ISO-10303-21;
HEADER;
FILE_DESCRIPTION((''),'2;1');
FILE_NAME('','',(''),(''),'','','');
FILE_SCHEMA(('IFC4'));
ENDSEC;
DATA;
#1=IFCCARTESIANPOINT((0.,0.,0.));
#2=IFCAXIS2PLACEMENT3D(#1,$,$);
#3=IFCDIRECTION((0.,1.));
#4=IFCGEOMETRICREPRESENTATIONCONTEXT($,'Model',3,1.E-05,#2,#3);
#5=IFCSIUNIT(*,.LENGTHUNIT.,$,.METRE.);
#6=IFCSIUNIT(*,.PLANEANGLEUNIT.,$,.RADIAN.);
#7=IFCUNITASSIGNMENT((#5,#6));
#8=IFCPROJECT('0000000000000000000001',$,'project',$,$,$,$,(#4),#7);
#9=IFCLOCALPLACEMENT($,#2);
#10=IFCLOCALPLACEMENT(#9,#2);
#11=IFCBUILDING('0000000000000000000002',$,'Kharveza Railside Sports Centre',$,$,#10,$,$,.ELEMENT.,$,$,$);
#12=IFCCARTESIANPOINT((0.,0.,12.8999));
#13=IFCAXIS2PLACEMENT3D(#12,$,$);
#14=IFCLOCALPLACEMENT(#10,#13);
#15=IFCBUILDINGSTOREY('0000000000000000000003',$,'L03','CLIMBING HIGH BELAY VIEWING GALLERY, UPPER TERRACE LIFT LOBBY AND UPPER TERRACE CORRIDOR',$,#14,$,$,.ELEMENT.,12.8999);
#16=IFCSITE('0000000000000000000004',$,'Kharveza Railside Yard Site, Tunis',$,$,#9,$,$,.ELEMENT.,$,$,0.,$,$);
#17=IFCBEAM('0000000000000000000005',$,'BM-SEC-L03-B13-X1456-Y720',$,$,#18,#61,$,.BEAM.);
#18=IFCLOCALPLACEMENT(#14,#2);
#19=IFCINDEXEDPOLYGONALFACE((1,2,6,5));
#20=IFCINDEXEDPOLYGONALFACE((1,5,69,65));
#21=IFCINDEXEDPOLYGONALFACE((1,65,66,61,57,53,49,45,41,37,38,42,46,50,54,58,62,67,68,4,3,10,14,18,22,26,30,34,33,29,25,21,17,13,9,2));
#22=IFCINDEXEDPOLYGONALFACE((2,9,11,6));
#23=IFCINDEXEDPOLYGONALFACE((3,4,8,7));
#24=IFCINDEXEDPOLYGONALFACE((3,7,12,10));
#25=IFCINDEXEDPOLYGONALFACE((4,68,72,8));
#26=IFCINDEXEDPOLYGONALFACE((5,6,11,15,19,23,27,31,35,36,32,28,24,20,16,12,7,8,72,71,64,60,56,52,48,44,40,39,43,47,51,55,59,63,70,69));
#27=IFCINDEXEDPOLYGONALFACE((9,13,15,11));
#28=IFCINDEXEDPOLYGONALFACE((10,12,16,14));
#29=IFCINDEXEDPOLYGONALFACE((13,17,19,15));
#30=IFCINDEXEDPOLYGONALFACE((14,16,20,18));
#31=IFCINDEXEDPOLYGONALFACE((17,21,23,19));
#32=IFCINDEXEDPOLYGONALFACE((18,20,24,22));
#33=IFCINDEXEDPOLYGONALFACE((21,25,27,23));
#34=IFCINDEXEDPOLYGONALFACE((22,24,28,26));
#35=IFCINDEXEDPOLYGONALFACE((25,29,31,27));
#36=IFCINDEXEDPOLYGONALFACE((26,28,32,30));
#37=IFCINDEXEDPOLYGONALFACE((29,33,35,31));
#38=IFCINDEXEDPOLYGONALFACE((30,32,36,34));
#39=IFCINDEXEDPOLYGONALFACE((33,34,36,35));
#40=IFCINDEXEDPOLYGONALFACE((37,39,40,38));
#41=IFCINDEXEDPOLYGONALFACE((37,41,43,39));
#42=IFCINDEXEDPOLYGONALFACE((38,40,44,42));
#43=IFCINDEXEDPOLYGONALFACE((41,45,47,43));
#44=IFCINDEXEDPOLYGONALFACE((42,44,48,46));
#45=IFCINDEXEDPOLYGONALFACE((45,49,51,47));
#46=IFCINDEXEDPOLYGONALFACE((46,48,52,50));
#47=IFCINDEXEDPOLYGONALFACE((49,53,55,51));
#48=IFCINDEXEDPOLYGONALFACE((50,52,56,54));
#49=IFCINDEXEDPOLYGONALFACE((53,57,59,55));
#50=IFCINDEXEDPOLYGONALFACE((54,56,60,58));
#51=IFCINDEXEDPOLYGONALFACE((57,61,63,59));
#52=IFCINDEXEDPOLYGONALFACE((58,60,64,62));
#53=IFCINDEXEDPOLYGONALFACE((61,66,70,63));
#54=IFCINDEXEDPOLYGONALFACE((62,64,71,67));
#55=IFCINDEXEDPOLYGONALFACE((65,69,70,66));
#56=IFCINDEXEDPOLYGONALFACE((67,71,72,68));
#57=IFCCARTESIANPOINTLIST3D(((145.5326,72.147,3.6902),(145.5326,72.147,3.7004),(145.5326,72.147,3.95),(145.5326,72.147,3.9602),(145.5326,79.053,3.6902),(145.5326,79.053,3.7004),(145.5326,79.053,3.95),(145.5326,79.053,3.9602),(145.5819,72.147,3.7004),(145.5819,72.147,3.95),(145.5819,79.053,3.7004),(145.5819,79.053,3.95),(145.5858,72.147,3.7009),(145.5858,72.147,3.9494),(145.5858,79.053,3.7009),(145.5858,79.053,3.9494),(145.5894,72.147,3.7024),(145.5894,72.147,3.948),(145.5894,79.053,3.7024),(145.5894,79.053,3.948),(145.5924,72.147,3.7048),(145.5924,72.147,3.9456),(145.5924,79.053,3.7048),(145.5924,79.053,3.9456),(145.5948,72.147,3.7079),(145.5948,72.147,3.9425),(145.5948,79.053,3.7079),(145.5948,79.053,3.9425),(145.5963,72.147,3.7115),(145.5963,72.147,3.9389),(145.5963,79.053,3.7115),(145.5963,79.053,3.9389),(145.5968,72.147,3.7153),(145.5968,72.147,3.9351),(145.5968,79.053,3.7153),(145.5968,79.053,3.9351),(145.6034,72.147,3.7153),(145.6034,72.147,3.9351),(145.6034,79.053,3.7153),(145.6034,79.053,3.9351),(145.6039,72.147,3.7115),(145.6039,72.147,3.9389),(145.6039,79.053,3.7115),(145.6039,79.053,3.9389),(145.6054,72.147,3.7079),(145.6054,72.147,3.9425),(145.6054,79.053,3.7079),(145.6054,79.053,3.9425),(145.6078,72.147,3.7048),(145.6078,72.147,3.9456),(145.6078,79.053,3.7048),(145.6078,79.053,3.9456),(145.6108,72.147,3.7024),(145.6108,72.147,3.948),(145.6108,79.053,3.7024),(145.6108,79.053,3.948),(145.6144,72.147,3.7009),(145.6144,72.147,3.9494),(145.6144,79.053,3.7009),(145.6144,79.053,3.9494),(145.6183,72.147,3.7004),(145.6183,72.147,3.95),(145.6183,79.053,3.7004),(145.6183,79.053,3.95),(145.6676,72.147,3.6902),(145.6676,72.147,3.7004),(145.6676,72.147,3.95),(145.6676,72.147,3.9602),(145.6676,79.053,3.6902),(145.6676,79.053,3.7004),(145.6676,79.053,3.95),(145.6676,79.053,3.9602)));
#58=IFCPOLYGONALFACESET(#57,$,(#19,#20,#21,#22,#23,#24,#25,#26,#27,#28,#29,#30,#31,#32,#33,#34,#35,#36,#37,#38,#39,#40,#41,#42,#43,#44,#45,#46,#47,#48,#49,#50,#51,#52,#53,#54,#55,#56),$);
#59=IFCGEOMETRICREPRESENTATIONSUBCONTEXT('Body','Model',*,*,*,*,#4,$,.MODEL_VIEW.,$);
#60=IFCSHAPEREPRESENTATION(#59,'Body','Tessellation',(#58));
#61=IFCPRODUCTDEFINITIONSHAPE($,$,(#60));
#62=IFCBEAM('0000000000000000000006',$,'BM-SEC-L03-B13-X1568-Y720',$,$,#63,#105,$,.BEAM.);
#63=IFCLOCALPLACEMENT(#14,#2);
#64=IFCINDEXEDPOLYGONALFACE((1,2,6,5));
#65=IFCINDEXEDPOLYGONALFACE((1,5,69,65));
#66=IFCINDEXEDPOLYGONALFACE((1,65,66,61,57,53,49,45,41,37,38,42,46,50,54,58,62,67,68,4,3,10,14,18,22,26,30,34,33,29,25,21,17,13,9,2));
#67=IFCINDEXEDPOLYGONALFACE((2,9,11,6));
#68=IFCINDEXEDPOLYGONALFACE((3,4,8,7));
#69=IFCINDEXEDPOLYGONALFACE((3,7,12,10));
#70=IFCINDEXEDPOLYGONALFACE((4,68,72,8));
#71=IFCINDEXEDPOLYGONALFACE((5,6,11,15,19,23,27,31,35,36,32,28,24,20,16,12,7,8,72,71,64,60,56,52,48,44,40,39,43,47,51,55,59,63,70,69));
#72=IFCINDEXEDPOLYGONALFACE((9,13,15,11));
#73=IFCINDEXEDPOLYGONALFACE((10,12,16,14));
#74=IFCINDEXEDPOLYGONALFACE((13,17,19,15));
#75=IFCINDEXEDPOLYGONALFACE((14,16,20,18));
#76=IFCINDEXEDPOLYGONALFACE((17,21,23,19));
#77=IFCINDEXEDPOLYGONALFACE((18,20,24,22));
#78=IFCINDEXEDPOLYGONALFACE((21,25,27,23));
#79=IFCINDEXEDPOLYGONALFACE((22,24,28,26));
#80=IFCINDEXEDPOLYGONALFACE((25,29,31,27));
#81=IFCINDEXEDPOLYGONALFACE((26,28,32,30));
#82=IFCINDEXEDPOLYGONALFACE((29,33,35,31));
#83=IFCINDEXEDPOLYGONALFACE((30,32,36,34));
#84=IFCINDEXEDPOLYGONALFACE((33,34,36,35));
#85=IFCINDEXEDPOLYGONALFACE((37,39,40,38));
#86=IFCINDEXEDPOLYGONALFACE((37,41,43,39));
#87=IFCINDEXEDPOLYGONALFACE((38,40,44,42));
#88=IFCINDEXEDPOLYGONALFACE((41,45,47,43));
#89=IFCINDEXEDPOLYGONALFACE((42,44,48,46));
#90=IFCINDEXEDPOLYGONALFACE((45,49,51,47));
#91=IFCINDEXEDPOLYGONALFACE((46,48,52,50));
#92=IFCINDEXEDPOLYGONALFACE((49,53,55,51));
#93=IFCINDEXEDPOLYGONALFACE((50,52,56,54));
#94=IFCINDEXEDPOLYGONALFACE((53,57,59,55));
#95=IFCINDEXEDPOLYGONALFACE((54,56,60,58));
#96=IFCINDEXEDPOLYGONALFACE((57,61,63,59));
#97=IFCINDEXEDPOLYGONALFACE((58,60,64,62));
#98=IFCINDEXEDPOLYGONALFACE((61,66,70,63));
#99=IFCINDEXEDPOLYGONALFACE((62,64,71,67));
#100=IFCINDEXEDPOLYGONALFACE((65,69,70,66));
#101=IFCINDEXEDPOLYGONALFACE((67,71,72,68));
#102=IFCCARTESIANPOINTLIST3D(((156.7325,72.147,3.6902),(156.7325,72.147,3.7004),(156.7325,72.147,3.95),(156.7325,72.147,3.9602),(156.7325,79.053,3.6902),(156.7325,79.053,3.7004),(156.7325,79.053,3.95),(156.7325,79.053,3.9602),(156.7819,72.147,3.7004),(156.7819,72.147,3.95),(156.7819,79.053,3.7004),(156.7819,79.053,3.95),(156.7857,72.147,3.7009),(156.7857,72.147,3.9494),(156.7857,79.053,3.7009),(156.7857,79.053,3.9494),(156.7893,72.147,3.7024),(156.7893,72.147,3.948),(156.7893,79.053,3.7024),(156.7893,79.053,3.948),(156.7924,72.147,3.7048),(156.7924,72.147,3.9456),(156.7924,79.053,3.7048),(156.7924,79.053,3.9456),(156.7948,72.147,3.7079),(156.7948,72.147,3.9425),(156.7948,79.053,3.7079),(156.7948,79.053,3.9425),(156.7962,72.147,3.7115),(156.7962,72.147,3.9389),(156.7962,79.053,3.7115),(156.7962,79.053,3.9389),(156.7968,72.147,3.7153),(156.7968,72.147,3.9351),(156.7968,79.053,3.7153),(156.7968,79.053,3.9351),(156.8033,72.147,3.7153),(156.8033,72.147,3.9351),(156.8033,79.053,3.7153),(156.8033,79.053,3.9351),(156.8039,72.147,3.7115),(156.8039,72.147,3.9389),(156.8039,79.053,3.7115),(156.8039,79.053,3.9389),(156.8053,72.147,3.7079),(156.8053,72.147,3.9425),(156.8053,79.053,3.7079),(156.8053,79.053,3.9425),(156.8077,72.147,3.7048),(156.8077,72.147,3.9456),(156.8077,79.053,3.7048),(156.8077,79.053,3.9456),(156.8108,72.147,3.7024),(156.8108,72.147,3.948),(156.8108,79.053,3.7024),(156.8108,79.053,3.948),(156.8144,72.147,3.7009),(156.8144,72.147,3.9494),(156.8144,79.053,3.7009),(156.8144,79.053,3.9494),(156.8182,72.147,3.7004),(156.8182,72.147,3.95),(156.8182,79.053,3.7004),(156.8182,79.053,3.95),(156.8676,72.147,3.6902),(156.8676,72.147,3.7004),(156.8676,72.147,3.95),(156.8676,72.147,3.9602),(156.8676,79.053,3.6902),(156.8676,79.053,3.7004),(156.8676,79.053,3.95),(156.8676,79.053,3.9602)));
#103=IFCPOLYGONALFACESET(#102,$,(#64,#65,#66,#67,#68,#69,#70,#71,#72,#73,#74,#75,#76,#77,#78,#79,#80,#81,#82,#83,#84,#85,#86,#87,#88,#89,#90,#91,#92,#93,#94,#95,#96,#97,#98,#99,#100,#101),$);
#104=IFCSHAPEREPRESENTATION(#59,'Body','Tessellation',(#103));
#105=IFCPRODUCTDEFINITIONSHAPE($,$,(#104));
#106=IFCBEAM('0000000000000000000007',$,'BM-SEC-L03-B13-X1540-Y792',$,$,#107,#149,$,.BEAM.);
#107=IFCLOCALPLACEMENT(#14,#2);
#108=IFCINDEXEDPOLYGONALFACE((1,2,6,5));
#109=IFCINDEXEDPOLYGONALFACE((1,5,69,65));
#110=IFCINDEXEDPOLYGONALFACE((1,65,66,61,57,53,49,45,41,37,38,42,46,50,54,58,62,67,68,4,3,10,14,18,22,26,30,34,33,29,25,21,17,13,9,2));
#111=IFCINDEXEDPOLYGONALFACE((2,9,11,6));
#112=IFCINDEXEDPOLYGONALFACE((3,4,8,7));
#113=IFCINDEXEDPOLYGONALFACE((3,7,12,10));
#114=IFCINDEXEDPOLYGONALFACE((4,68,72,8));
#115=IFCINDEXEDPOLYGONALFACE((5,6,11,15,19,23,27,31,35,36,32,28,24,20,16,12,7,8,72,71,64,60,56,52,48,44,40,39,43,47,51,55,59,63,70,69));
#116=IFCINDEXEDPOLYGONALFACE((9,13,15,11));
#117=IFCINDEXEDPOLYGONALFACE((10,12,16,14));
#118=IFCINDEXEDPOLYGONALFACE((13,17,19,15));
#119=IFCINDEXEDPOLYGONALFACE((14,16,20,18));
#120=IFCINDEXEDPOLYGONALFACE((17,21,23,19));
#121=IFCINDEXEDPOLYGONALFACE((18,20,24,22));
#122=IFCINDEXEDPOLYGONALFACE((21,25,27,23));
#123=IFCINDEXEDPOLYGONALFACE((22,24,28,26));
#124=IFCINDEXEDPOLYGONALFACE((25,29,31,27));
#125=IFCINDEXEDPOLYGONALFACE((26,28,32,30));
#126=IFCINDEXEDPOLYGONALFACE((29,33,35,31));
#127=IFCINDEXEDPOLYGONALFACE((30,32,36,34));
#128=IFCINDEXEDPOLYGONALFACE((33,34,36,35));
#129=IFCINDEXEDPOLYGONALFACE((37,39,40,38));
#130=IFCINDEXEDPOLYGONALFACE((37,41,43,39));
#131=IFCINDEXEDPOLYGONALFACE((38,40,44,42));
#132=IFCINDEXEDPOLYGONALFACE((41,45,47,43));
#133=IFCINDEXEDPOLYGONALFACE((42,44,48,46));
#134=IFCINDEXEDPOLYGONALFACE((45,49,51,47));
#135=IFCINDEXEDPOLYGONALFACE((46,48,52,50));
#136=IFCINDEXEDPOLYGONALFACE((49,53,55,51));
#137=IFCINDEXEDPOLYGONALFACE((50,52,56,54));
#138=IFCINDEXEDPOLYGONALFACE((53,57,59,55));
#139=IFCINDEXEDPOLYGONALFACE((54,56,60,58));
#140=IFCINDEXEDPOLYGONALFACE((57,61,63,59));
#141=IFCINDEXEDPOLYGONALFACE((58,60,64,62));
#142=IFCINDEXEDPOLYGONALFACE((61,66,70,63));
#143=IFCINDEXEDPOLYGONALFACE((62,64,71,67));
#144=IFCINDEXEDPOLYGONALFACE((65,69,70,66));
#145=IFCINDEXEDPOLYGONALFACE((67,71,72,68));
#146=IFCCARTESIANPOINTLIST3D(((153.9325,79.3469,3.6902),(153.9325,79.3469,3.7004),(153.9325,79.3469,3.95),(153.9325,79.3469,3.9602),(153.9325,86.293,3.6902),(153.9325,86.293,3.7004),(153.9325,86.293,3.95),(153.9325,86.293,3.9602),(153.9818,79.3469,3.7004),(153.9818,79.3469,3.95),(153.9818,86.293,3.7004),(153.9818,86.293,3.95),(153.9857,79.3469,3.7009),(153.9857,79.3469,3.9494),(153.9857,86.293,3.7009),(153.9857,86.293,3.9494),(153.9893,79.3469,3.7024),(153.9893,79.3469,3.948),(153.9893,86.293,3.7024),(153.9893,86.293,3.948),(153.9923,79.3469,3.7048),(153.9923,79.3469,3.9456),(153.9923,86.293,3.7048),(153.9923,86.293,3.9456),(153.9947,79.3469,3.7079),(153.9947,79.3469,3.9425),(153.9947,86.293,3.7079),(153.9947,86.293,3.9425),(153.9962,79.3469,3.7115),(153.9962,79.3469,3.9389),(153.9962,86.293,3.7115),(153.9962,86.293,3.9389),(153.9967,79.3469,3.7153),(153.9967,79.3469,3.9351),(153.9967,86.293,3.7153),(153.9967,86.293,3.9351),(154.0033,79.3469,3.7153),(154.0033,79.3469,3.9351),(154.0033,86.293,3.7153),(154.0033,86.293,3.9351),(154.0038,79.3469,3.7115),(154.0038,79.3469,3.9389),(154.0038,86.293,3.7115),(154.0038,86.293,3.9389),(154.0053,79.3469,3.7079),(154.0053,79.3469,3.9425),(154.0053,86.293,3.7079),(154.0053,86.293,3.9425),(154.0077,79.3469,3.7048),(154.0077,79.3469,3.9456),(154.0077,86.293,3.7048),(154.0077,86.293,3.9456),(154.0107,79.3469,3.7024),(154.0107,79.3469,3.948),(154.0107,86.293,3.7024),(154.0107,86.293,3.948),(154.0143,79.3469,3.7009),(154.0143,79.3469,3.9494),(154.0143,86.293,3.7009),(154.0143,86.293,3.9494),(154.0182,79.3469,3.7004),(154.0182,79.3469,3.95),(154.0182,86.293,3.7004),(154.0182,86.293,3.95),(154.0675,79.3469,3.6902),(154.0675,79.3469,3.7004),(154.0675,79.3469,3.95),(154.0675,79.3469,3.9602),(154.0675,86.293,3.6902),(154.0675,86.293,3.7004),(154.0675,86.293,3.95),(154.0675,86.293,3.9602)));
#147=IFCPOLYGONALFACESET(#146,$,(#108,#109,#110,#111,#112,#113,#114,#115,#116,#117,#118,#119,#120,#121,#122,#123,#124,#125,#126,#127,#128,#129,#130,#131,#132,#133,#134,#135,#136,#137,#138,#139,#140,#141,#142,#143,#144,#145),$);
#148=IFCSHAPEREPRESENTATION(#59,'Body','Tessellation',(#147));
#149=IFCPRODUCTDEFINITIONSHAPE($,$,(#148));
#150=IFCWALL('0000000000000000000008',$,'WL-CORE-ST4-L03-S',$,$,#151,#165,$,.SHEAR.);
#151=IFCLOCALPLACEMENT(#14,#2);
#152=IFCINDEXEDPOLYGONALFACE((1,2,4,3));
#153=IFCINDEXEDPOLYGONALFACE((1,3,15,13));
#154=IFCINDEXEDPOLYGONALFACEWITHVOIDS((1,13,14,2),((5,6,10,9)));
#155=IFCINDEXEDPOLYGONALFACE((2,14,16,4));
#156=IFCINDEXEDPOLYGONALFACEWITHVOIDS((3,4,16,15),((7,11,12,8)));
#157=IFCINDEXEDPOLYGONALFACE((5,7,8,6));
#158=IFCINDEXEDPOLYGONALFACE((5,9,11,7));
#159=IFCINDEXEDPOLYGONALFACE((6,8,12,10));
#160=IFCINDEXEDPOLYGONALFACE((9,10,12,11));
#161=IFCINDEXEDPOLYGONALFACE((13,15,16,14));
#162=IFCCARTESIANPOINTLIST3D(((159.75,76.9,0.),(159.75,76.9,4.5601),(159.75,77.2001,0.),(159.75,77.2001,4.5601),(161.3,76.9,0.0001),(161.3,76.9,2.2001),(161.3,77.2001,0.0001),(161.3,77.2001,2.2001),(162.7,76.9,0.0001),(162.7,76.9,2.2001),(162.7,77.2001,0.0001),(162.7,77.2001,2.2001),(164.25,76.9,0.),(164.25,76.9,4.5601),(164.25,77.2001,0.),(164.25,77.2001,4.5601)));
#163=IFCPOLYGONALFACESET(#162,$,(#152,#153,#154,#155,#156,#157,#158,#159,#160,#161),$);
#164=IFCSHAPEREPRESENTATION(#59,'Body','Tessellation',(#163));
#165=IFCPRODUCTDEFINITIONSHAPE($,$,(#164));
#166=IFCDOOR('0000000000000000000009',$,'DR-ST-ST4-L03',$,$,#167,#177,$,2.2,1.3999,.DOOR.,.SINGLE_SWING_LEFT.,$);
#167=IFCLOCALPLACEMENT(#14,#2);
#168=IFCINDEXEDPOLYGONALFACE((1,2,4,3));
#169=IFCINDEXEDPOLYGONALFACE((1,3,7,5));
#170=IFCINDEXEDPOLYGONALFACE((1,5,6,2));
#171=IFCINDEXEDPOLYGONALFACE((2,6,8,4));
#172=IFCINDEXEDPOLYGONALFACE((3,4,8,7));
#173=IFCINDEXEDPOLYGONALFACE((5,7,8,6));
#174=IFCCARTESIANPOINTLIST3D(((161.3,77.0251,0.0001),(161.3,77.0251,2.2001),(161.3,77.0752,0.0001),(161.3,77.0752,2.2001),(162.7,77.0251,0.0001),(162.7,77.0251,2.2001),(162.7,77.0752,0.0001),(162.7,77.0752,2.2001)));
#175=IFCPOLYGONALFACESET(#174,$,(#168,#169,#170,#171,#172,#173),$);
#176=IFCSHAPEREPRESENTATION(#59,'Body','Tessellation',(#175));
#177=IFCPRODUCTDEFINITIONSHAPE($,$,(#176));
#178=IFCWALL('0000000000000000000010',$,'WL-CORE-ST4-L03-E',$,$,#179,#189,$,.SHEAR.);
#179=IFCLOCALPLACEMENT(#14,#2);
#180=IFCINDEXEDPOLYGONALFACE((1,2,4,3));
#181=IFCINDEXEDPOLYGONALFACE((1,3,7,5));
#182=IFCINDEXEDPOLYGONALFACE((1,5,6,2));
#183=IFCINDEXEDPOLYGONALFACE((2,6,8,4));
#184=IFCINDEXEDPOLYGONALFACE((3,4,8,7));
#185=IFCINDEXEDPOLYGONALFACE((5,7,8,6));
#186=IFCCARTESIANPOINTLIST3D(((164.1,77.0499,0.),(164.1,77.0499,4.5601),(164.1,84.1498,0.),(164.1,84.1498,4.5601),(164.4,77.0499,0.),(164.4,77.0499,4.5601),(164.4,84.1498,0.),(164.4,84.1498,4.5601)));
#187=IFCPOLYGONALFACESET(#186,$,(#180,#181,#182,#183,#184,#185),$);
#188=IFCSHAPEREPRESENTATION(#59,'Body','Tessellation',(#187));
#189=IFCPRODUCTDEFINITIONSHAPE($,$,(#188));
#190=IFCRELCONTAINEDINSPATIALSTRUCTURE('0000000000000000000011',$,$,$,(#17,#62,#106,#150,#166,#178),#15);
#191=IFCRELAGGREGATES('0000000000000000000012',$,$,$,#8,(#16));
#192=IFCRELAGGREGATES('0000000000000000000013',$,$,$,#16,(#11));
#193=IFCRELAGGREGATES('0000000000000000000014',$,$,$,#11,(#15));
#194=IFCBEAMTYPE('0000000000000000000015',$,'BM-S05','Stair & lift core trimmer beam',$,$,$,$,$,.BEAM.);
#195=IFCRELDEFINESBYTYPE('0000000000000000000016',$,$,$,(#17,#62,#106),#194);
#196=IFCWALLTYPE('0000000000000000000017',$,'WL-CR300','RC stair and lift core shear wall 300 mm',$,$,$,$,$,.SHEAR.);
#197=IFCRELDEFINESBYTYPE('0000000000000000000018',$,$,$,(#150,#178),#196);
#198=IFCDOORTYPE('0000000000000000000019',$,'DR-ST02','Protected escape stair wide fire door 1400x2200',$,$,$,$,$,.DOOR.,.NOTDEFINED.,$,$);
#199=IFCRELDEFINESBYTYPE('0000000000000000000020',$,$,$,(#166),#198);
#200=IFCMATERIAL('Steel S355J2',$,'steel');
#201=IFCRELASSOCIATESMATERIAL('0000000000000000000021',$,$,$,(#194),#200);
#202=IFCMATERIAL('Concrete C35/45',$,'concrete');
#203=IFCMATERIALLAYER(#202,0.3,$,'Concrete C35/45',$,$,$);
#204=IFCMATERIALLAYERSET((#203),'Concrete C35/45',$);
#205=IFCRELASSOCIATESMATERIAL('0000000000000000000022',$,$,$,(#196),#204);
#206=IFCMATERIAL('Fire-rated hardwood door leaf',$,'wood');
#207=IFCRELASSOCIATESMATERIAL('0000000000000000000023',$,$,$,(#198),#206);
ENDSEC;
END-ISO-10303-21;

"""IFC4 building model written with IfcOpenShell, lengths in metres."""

from ifc_helpers import new_model, si_unit, direction, frame, frame_2d, origin, origin_2d, place, context, subcontext, project, spatial, rectangle, i_section, extrude, material, layer, layer_set, material_profile, profile_set, type_object, element, fill, save


model = new_model("IFC4")

# Units and contexts
model_context = context("Model", 3, precision=1e-05, world=origin(), true_north=direction((0.0, 1.0)))
body_context = subcontext(model_context, "Body", "Model", "MODEL_VIEW")
ifc_project = project(units=[si_unit("LENGTHUNIT", "METRE"), si_unit("PLANEANGLEUNIT", "RADIAN")], contexts=[model_context])

# Site, building, storey
site_placement = place(None, origin())
site = spatial("IfcSite", under=ifc_project, at=site_placement, Name="Kharveza Railside Yard Site, Tunis", CompositionType="ELEMENT", RefElevation=0.0)
building_placement = place(site_placement, origin())
building = spatial("IfcBuilding", under=site, at=building_placement, Name="Kharveza Railside Sports Centre", CompositionType="ELEMENT")
storey_placement = place(building_placement, frame((0.0, 0.0, 12.8999)))
storey = spatial("IfcBuildingStorey", under=building, at=storey_placement, Name="L03", Description="CLIMBING HIGH BELAY VIEWING GALLERY, UPPER TERRACE LIFT LOBBY AND UPPER TERRACE CORRIDOR", CompositionType="ELEMENT", Elevation=12.8999)

# Shared definitions
ifc_material_1 = material(Name="Steel S355J2", Category="steel")

# Beams
ifc_material_profile_1 = material_profile(ifc_material_1, i_section(OverallWidth=0.135, OverallDepth=0.27, WebThickness=0.0066, FlangeThickness=0.0103, FilletRadius=0.0149, at=origin_2d()), Name="IPE 270")
ifc_profile_set_1 = profile_set([ifc_material_profile_1], Name="Steel S355J2")
beam_type_1 = type_object("IfcBeamType", Name="BM-S05", Description="Stair & lift core trimmer beam", PredefinedType="BEAM", material=ifc_profile_set_1)
for number, where, z_axis, x_axis, name in (
    (1, (145.6001, 72.147, 3.8252), (0.0, 1.0, 0.0), (-1.0, 0.0, 0.0), "BM-SEC-L03-B13-X1456-Y720"),
    (2, (156.8, 72.147, 3.8252), (0.0, 1.0, 0.0), (-1.0, 0.0, 0.0), "BM-SEC-L03-B13-X1568-Y720"),
):
    element("IfcBeam", number, at=place(storey_placement, frame(where, z_axis=z_axis, x_axis=x_axis)), inside=storey, type_object=beam_type_1, Name=name, PredefinedType="BEAM", context=body_context, shape_type="SweptSolid", body=[
        extrude(i_section(OverallWidth=0.135, OverallDepth=0.27, WebThickness=0.0066, FlangeThickness=0.0103, FilletRadius=0.0149, at=origin_2d()), origin(), (0.0, 0.0, 1.0), 6.906),
    ])
beam_1_placement = place(storey_placement, frame((154.0, 79.3469, 3.8252), z_axis=(0.0, 1.0, 0.0), x_axis=(-1.0, 0.0, 0.0)))
element("IfcBeam", 3, at=beam_1_placement, inside=storey, type_object=beam_type_1, Name="BM-SEC-L03-B13-X1540-Y792", PredefinedType="BEAM", context=body_context, shape_type="SweptSolid", body=[
    extrude(i_section(OverallWidth=0.135, OverallDepth=0.27, WebThickness=0.0066, FlangeThickness=0.0103, FilletRadius=0.0149, at=origin_2d()), origin(), (0.0, 0.0, 1.0), 6.946),
])

# Wall, opening, door
ifc_material_2 = material(Name="Concrete C35/45", Category="concrete")
ifc_layer_1 = layer(ifc_material_2, 0.3, Name="Concrete C35/45")
ifc_layer_set_1 = layer_set([ifc_layer_1], Name="Concrete C35/45")
wall_type_1 = type_object("IfcWallType", Name="WL-CR300", Description="RC stair and lift core shear wall 300 mm", PredefinedType="SHEAR", material=ifc_layer_set_1)
wall_1_placement = place(storey_placement, frame((159.75, 77.05, 0.0), z_axis=(0.0, 0.0, 1.0), x_axis=(1.0, 0.0, 0.0)))
wall_1 = element("IfcWall", 4, at=wall_1_placement, inside=storey, type_object=wall_type_1, Name="WL-CORE-ST4-L03-S", PredefinedType="SHEAR", context=body_context, shape_type="SweptSolid", body=[
    extrude(rectangle(XDim=4.5, YDim=0.3, at=frame_2d((2.25, 0.0))), origin(), (0.0, 0.0, 1.0), 4.5601),
])
opening_1_placement = place(wall_1_placement, frame((1.55, 0.0, 0.0)))
opening_1 = element("IfcOpeningElement", 5, at=opening_1_placement, cuts=wall_1, PredefinedType="OPENING", context=body_context, shape_type="SweptSolid", body=[
    extrude(rectangle(XDim=1.3999, YDim=2.2, at=frame_2d((0.7, 1.1001))), frame((0.0, 0.1748, 0.0), z_axis=(0.0, -1.0, 0.0), x_axis=(1.0, 0.0, 0.0)), (0.0, 0.0, 1.0), 0.3499),
])
ifc_material_3 = material(Name="Fire-rated hardwood door leaf", Category="wood")
door_type_1 = type_object("IfcDoorType", Name="DR-ST02", Description="Protected escape stair wide fire door 1400x2200", OperationType="NOTDEFINED", PredefinedType="DOOR", material=ifc_material_3)
door_1_placement = place(opening_1_placement, frame((1.3999, 0.0, 0.0), z_axis=(0.0, 0.0, 1.0), x_axis=(-1.0, 0.0, 0.0)))
door_1 = element("IfcDoor", 6, at=door_1_placement, inside=storey, type_object=door_type_1, Name="DR-ST-ST4-L03", OperationType="SINGLE_SWING_LEFT", OverallHeight=2.2, OverallWidth=1.3999, PredefinedType="DOOR", context=body_context, shape_type="SweptSolid", body=[
    extrude(rectangle(XDim=1.3999, YDim=2.2, at=frame_2d((0.7, 1.1001))), frame((0.0, 0.0249, 0.0), z_axis=(0.0, -1.0, 0.0), x_axis=(1.0, 0.0, 0.0)), (0.0, 0.0, 1.0), 0.05),
])
fill(opening_1, door_1)

# Wall
for number, where, z_axis, x_axis, name in (
    (7, (164.25, 77.05, 0.0), (0.0, 0.0, 1.0), (0.0, 1.0, 0.0), "WL-CORE-ST4-L03-E"),
):
    element("IfcWall", number, at=place(storey_placement, frame(where, z_axis=z_axis, x_axis=x_axis)), inside=storey, type_object=wall_type_1, Name=name, PredefinedType="SHEAR", context=body_context, shape_type="SweptSolid", body=[
        extrude(rectangle(XDim=7.0999, YDim=0.3, at=frame_2d((3.5498, 0.0))), origin(), (0.0, 0.0, 1.0), 4.5601),
    ])

save(model, "model.ifc")
